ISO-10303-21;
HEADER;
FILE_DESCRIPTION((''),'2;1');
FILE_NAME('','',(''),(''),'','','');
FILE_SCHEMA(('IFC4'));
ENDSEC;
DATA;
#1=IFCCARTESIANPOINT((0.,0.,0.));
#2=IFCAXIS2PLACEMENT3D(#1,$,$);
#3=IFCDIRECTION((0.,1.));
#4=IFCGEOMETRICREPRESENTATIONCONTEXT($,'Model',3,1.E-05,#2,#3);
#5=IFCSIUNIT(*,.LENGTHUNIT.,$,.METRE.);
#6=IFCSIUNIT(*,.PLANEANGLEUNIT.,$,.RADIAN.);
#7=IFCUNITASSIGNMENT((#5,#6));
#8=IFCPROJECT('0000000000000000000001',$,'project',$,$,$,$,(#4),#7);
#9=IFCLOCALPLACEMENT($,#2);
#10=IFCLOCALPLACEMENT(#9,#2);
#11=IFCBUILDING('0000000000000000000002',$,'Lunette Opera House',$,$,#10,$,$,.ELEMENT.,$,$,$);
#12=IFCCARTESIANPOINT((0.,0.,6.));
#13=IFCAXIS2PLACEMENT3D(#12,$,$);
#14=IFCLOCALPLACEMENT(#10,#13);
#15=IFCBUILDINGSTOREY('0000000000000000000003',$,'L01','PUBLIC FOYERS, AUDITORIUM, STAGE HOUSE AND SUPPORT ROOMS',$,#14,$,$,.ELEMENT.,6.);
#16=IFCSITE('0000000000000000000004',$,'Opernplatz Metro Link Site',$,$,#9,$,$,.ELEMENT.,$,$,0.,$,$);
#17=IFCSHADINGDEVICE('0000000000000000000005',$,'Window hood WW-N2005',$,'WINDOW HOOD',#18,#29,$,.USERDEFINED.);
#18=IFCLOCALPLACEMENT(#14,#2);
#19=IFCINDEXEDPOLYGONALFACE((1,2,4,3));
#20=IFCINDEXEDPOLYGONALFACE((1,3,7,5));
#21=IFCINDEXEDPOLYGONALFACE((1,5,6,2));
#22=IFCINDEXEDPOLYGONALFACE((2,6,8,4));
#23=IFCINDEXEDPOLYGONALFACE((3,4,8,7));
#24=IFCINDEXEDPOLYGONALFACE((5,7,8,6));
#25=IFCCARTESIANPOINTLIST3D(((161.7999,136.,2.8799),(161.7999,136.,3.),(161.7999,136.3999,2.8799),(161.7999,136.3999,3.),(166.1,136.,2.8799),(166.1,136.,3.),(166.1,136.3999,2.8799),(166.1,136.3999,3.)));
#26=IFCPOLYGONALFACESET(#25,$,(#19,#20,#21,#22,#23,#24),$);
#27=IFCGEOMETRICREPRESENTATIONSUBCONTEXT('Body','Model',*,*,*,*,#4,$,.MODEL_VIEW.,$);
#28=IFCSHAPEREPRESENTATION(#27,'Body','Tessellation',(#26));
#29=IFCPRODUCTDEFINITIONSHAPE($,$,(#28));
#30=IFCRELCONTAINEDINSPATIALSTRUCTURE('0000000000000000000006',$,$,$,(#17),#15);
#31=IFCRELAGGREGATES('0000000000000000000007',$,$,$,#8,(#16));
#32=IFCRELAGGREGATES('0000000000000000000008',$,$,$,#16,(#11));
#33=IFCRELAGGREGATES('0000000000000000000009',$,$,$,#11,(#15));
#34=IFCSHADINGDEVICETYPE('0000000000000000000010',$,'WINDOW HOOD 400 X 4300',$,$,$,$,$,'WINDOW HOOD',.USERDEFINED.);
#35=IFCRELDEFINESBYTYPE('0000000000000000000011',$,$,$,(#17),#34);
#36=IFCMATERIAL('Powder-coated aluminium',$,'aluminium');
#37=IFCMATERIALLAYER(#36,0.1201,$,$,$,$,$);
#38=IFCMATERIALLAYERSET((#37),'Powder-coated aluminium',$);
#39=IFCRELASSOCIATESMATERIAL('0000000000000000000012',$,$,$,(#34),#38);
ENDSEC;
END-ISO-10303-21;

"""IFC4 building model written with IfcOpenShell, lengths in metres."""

from ifc_helpers import new_model, si_unit, direction, frame, origin, origin_2d, place, context, subcontext, project, spatial, rectangle, extrude, material, layer, layer_set, type_object, element, save


model = new_model("IFC4")

# Units and contexts
model_context = context("Model", 3, precision=1e-05, world=origin(), true_north=direction((0.0, 1.0)))
body_context = subcontext(model_context, "Body", "Model", "MODEL_VIEW")
ifc_project = project(units=[si_unit("LENGTHUNIT", "METRE"), si_unit("PLANEANGLEUNIT", "RADIAN")], contexts=[model_context])

# Site, building, storey
site_placement = place(None, origin())
site = spatial("IfcSite", under=ifc_project, at=site_placement, Name="Opernplatz Metro Link Site", CompositionType="ELEMENT", RefElevation=0.0)
building_placement = place(site_placement, origin())
building = spatial("IfcBuilding", under=site, at=building_placement, Name="Lunette Opera House", CompositionType="ELEMENT")
storey_placement = place(building_placement, frame((0.0, 0.0, 6.0)))
storey = spatial("IfcBuildingStorey", under=building, at=storey_placement, Name="L01", Description="PUBLIC FOYERS, AUDITORIUM, STAGE HOUSE AND SUPPORT ROOMS", CompositionType="ELEMENT", Elevation=6.0)

# Shading device
ifc_material_1 = material(Name="Powder-coated aluminium", Category="aluminium")
ifc_layer_1 = layer(ifc_material_1, 0.1201)
ifc_layer_set_1 = layer_set([ifc_layer_1], Name="Powder-coated aluminium")
shading_device_type = type_object("IfcShadingDeviceType", Name="WINDOW HOOD 400 X 4300", ElementType="WINDOW HOOD", PredefinedType="USERDEFINED", material=ifc_layer_set_1)
for number, where, z_axis, x_axis, name in (
    (1, (163.95, 136.2, 2.8799), (0.0, 0.0, 1.0), (0.0, 1.0, 0.0), "Window hood WW-N2005"),
):
    element("IfcShadingDevice", number, at=place(storey_placement, frame(where, z_axis=z_axis, x_axis=x_axis)), inside=storey, type_object=shading_device_type, Name=name, ObjectType="WINDOW HOOD", PredefinedType="USERDEFINED", context=body_context, shape_type="SweptSolid", body=[
        extrude(rectangle(XDim=0.3999, YDim=4.3, at=origin_2d()), origin(), (0.0, 0.0, 1.0), 0.1201),
    ])

save(model, "model.ifc")
